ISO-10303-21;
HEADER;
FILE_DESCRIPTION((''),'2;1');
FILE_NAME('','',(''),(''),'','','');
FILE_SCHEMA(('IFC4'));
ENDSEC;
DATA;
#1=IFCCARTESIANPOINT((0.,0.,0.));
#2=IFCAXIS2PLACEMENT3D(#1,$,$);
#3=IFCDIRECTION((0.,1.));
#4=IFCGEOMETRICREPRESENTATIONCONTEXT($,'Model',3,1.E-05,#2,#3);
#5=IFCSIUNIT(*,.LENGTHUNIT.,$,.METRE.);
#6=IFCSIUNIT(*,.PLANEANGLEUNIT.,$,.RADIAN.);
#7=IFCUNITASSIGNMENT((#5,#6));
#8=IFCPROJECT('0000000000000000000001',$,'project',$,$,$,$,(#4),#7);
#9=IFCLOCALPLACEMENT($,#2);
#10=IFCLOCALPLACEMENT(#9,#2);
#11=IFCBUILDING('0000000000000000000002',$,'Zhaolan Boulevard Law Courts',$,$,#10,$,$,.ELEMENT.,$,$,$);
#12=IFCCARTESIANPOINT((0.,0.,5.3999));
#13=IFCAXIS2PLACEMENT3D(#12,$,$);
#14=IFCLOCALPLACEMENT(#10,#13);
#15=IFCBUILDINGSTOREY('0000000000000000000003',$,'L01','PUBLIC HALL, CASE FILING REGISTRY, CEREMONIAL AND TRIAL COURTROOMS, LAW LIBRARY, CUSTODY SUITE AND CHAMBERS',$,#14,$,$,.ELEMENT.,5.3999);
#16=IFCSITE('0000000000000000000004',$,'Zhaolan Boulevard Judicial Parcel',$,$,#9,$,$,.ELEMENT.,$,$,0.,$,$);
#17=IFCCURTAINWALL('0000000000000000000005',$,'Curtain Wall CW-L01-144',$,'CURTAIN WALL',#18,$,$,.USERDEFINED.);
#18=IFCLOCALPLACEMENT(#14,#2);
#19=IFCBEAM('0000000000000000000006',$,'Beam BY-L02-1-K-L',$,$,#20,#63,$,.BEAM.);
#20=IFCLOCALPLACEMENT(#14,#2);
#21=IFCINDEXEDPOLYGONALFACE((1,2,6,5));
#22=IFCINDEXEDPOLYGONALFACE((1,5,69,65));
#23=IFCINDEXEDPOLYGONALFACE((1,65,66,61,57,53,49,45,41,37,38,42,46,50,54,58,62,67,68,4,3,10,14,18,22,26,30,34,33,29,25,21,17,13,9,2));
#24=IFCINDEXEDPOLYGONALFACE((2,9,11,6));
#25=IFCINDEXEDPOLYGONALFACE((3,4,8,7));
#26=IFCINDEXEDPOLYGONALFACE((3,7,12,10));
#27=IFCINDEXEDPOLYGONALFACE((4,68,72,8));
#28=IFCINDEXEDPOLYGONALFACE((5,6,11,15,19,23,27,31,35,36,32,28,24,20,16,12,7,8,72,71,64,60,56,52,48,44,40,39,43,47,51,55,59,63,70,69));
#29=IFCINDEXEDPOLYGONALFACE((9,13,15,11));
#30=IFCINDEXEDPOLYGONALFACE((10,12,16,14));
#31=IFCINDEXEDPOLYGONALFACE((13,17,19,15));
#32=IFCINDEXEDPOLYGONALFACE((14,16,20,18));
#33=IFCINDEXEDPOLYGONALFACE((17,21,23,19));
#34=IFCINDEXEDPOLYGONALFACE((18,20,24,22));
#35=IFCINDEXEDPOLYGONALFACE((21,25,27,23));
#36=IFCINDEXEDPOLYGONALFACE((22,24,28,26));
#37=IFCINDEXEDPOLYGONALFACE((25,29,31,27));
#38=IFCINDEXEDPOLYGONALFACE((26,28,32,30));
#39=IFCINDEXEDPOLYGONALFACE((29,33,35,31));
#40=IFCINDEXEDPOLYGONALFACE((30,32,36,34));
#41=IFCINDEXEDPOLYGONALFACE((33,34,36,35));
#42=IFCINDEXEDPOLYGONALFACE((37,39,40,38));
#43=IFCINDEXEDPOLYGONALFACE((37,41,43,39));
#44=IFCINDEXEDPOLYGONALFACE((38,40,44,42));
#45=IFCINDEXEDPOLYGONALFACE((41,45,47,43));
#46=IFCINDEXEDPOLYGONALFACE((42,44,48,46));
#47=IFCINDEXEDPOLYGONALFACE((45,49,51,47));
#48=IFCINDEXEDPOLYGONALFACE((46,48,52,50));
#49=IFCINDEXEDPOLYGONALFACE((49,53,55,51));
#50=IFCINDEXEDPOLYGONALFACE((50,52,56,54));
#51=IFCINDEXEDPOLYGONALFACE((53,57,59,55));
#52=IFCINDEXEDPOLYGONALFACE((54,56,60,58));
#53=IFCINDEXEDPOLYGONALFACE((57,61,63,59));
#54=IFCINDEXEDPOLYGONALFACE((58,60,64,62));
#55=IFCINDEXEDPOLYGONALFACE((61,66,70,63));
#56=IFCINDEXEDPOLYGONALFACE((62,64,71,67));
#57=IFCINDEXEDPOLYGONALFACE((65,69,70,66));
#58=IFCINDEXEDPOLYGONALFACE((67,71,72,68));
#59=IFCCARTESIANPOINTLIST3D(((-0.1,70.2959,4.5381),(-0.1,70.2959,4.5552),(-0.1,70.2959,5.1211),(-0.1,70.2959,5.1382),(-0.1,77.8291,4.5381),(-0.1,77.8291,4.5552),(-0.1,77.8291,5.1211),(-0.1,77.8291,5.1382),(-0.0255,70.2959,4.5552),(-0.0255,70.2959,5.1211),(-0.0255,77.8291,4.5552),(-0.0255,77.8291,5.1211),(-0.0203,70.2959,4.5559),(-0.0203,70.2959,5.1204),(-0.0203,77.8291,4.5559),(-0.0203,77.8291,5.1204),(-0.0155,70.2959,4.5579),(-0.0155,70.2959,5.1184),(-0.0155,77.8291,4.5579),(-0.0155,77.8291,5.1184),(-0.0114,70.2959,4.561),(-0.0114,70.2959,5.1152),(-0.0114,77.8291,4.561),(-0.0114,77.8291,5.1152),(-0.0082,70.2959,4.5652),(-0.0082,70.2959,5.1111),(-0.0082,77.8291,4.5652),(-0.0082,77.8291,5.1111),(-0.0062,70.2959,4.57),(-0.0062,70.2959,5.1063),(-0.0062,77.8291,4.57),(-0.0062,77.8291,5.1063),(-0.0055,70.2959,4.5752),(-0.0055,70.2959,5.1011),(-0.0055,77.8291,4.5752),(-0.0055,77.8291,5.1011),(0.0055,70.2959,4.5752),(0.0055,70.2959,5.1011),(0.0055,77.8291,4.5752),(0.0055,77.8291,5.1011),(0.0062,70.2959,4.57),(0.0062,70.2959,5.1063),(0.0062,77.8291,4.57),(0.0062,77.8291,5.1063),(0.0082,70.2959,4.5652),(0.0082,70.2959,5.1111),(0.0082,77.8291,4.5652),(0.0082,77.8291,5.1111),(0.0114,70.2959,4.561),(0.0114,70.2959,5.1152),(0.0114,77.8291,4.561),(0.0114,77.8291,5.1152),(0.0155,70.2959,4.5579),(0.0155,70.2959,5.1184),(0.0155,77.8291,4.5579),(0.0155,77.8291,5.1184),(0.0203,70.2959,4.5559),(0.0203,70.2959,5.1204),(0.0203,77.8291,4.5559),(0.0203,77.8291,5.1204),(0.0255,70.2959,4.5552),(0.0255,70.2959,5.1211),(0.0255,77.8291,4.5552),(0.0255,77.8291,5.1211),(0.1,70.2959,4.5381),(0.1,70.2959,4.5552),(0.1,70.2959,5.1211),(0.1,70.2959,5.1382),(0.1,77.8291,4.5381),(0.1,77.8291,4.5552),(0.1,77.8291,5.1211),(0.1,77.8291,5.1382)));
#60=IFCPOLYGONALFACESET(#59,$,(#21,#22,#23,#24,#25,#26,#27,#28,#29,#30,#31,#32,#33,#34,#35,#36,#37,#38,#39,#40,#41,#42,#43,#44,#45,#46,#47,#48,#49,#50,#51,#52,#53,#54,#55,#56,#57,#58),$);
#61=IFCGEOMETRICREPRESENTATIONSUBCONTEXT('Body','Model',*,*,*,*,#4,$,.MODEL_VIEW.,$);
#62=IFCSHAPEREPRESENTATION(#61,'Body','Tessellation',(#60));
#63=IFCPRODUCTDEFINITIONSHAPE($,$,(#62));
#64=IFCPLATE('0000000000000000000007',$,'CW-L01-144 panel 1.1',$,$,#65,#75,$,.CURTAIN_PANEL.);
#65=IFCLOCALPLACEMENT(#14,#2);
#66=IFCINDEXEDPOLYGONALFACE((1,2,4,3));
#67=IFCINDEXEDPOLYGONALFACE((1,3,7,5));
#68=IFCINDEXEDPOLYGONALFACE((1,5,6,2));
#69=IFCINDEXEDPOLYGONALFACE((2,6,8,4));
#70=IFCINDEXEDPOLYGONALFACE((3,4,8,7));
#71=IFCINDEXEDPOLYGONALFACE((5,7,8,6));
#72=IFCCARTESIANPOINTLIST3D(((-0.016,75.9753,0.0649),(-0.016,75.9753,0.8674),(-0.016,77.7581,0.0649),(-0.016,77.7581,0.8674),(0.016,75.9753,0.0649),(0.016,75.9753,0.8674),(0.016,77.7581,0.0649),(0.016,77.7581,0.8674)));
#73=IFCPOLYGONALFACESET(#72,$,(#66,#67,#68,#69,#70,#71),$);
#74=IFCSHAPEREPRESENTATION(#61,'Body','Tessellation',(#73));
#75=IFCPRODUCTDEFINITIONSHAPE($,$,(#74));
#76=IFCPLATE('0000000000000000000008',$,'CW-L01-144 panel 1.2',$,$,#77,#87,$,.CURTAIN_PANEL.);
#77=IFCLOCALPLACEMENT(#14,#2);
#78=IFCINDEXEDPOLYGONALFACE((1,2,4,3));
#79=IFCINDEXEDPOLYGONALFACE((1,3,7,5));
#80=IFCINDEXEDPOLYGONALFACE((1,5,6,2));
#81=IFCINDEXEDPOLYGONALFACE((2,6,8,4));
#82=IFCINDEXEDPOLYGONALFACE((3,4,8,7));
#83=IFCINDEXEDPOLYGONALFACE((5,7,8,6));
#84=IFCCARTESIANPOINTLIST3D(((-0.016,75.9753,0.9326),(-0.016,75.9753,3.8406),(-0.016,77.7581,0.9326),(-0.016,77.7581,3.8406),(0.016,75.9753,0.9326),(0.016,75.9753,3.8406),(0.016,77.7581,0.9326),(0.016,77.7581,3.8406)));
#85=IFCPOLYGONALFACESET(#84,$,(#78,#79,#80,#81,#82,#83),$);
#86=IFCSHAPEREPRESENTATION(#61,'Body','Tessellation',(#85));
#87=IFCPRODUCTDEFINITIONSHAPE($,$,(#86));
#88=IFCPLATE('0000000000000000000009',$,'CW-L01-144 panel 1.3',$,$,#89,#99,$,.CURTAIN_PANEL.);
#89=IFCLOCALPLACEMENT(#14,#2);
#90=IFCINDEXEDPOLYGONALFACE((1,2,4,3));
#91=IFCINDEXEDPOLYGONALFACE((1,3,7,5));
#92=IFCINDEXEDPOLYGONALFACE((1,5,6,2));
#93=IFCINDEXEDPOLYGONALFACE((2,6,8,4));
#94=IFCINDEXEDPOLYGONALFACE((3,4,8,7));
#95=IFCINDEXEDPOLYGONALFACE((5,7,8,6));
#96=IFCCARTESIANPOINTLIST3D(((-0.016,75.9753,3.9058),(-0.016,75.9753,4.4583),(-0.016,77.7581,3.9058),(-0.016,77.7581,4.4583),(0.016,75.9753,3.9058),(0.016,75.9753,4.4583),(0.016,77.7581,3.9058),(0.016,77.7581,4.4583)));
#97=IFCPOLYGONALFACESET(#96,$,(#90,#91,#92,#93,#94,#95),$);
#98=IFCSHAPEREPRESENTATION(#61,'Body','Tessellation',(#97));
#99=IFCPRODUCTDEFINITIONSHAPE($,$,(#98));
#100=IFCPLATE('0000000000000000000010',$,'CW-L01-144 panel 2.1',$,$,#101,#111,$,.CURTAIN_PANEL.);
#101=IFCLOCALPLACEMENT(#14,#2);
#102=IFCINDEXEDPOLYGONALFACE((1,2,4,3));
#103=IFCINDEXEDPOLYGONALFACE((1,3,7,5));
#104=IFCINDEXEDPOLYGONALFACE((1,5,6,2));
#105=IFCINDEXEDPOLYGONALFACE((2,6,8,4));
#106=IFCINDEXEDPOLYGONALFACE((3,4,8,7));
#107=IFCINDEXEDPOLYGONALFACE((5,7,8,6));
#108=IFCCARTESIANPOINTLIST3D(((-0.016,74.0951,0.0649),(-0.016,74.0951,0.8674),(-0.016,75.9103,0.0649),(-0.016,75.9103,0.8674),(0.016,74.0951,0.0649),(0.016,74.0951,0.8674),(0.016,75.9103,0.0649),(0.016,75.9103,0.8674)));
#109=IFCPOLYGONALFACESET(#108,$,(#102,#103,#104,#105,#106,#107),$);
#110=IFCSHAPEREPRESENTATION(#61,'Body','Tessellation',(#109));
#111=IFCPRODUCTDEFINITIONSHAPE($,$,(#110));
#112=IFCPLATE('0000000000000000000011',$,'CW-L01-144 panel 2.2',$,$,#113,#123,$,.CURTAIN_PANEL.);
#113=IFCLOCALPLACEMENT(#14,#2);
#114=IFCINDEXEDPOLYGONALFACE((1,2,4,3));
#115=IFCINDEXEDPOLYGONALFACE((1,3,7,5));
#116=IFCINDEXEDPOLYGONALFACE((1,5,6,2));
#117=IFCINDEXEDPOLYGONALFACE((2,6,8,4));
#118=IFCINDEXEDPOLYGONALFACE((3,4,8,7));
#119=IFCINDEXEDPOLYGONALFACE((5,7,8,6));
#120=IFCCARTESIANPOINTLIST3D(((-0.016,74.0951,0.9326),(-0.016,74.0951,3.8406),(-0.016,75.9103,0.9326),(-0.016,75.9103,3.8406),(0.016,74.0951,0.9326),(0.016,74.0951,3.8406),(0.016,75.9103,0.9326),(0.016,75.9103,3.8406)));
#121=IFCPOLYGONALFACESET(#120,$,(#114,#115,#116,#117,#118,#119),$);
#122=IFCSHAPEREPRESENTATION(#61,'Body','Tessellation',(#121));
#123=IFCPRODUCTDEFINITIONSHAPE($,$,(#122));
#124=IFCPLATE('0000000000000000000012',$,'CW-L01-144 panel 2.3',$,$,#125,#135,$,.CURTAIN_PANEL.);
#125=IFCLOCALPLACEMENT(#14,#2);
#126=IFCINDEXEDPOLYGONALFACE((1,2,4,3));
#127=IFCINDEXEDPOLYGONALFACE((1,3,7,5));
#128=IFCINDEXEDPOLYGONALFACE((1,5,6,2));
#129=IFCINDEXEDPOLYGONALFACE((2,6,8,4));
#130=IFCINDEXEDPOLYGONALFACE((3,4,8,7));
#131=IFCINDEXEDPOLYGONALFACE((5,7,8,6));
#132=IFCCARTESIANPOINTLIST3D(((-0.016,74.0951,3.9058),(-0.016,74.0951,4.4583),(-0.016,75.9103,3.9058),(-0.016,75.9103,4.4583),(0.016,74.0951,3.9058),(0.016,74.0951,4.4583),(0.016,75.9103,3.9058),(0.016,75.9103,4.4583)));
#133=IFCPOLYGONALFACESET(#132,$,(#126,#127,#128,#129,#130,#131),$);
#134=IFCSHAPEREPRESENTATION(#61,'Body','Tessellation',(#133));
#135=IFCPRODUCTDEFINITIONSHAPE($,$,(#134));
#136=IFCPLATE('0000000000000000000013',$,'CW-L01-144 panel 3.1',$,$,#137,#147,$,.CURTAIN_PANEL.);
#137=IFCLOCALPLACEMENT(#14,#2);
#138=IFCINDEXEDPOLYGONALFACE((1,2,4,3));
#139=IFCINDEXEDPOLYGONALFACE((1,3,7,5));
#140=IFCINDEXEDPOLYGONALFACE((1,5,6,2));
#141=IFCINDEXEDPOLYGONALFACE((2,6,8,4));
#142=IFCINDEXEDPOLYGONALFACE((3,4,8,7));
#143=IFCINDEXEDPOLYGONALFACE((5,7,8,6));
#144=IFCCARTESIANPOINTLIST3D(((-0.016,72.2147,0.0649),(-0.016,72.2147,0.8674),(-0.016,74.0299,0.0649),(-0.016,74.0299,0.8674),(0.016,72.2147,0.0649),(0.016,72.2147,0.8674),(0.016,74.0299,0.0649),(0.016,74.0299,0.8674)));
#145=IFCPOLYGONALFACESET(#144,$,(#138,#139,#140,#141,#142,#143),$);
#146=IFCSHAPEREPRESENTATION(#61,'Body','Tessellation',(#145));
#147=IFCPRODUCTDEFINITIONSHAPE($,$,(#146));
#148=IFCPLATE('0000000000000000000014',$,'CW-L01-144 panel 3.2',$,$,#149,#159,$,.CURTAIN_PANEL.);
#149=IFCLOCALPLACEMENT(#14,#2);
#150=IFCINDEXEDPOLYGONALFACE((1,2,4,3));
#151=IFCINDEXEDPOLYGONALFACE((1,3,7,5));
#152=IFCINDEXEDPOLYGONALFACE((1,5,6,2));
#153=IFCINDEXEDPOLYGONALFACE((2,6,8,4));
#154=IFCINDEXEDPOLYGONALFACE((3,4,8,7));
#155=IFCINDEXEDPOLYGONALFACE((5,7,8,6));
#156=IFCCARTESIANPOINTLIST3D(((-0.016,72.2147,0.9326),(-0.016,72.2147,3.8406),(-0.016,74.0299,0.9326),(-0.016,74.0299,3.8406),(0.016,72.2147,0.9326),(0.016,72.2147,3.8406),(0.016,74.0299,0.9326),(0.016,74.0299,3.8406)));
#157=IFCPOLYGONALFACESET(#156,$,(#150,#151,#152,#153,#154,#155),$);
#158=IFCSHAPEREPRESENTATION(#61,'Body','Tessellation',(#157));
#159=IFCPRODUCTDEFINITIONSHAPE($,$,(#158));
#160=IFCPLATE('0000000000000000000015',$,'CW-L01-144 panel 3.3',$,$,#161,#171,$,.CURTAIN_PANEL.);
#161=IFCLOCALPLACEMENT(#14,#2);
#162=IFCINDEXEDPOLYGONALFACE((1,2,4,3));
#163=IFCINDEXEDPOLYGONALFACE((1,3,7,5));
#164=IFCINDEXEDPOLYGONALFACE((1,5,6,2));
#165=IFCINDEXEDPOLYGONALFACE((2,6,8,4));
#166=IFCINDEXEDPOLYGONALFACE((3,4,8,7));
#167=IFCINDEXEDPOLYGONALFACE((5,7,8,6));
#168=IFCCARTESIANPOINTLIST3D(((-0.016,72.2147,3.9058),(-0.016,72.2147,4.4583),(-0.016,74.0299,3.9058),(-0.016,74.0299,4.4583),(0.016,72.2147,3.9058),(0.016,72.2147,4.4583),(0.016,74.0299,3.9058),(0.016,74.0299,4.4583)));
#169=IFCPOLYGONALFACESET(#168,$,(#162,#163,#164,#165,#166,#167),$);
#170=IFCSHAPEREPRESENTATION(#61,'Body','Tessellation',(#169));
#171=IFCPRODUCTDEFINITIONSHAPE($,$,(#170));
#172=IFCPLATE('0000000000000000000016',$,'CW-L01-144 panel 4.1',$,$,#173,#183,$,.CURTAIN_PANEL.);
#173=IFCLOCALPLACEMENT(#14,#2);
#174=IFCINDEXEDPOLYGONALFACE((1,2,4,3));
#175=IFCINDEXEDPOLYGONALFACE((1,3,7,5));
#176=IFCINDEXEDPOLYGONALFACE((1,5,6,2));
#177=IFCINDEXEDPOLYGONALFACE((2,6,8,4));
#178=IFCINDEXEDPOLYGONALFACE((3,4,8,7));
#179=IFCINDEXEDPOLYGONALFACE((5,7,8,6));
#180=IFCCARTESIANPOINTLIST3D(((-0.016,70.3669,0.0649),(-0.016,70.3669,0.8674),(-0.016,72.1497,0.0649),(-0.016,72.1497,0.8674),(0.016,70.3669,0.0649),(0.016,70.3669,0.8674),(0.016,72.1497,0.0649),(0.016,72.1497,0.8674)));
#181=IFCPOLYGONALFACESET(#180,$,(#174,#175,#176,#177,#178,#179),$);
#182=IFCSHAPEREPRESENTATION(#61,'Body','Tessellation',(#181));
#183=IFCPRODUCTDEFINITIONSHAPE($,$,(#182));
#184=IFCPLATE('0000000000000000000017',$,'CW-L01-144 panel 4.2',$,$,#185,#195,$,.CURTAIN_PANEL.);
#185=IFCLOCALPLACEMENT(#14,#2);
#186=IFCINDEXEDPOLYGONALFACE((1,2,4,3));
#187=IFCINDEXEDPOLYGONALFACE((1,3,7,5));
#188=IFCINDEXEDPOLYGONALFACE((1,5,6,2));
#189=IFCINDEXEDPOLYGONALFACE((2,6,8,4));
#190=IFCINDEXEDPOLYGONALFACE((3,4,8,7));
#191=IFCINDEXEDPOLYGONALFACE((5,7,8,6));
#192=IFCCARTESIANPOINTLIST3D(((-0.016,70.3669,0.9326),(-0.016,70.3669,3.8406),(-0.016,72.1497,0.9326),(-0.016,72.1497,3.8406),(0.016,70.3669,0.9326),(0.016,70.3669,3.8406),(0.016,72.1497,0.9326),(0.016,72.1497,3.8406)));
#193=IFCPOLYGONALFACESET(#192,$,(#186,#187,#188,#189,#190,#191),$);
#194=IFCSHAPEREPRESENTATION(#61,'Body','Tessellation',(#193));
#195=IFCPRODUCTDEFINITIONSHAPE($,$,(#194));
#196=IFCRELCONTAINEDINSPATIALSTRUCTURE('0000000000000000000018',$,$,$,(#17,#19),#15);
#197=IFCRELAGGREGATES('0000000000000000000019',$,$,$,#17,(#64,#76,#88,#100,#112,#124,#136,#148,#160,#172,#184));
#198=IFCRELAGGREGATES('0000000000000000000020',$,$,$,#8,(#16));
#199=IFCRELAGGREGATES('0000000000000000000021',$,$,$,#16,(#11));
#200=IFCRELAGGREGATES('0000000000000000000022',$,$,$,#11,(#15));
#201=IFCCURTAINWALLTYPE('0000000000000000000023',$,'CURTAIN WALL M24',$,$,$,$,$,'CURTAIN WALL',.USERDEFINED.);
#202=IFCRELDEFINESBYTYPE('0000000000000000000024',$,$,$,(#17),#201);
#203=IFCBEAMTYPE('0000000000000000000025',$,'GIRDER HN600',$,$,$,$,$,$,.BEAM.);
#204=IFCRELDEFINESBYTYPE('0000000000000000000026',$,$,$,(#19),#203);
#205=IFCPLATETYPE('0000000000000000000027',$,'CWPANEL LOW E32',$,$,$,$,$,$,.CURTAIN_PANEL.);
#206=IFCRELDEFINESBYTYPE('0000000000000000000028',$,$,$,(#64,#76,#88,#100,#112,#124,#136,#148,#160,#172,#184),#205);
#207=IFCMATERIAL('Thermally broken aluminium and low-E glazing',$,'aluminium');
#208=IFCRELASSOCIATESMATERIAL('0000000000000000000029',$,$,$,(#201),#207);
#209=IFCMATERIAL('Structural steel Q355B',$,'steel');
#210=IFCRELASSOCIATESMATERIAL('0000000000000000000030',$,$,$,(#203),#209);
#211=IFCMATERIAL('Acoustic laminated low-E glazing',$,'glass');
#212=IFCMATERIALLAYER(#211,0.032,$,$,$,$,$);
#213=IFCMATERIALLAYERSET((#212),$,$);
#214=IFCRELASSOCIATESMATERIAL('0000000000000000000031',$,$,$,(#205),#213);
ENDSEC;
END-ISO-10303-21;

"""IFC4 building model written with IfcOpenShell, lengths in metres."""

from ifc_helpers import new_model, si_unit, direction, frame, origin, origin_2d, place, context, subcontext, project, spatial, rectangle, i_section, extrude, material, layer, layer_set, material_profile, profile_set, type_object, element, aggregate, save


model = new_model("IFC4")

# Units and contexts
model_context = context("Model", 3, precision=1e-05, world=origin(), true_north=direction((0.0, 1.0)))
body_context = subcontext(model_context, "Body", "Model", "MODEL_VIEW")
ifc_project = project(units=[si_unit("LENGTHUNIT", "METRE"), si_unit("PLANEANGLEUNIT", "RADIAN")], contexts=[model_context])

# Site, building, storey
site_placement = place(None, origin())
site = spatial("IfcSite", under=ifc_project, at=site_placement, Name="Zhaolan Boulevard Judicial Parcel", CompositionType="ELEMENT", RefElevation=0.0)
building_placement = place(site_placement, origin())
building = spatial("IfcBuilding", under=site, at=building_placement, Name="Zhaolan Boulevard Law Courts", CompositionType="ELEMENT")
storey_placement = place(building_placement, frame((0.0, 0.0, 5.3999)))
storey = spatial("IfcBuildingStorey", under=building, at=storey_placement, Name="L01", Description="PUBLIC HALL, CASE FILING REGISTRY, CEREMONIAL AND TRIAL COURTROOMS, LAW LIBRARY, CUSTODY SUITE AND CHAMBERS", CompositionType="ELEMENT", Elevation=5.3999)

# Curtain wall
ifc_material_1 = material(Name="Thermally broken aluminium and low-E glazing", Category="aluminium")
curtain_wall_type = type_object("IfcCurtainWallType", Name="CURTAIN WALL M24", ElementType="CURTAIN WALL", PredefinedType="USERDEFINED", material=ifc_material_1)
curtain_wall_placement = place(storey_placement, origin())
curtain_wall = element("IfcCurtainWall", 1, at=curtain_wall_placement, inside=storey, type_object=curtain_wall_type, Name="Curtain Wall CW-L01-144", ObjectType="CURTAIN WALL", PredefinedType="USERDEFINED")

# Beam
ifc_material_2 = material(Name="Structural steel Q355B", Category="steel")
ifc_material_profile_1 = material_profile(ifc_material_2, i_section(OverallWidth=0.2, OverallDepth=0.6001, WebThickness=0.011, FlangeThickness=0.0171, FilletRadius=0.02, at=origin_2d()), Name="HN600x200")
ifc_profile_set_1 = profile_set([ifc_material_profile_1], Name="Structural steel Q355B")
beam_type_1 = type_object("IfcBeamType", Name="GIRDER HN600", PredefinedType="BEAM", material=ifc_profile_set_1)
beam_1_placement = place(storey_placement, frame((0.0, 70.2959, 4.8381), z_axis=(0.0, 1.0, 0.0), x_axis=(-1.0, 0.0, 0.0)))
element("IfcBeam", 2, at=beam_1_placement, inside=storey, type_object=beam_type_1, Name="Beam BY-L02-1-K-L", PredefinedType="BEAM", context=body_context, shape_type="SweptSolid", body=[
    extrude(i_section(OverallWidth=0.2, OverallDepth=0.6001, WebThickness=0.011, FlangeThickness=0.0171, FilletRadius=0.02, at=origin_2d()), origin(), (0.0, 0.0, 1.0), 7.5332),
])

# Plates
ifc_material_3 = material(Name="Acoustic laminated low-E glazing", Category="glass")
ifc_layer_1 = layer(ifc_material_3, 0.032)
ifc_layer_set_1 = layer_set([ifc_layer_1])
plate_type_1 = type_object("IfcPlateType", Name="CWPANEL LOW E32", PredefinedType="CURTAIN_PANEL", material=ifc_layer_set_1)
plate_1_placement = place(storey_placement, frame((0.0, 76.8667, 0.0649), z_axis=(0.0, 0.0, 1.0), x_axis=(0.0, -1.0, 0.0)))
plate_1 = element("IfcPlate", 3, at=plate_1_placement, type_object=plate_type_1, Name="CW-L01-144 panel 1.1", PredefinedType="CURTAIN_PANEL", context=body_context, shape_type="SweptSolid", body=[
    extrude(rectangle(XDim=1.7827, YDim=0.032, at=origin_2d()), origin(), (0.0, 0.0, 1.0), 0.8025),
])
plate_2_placement = place(storey_placement, frame((0.0, 76.8667, 0.9326), z_axis=(0.0, 0.0, 1.0), x_axis=(0.0, -1.0, 0.0)))
plate_2 = element("IfcPlate", 4, at=plate_2_placement, type_object=plate_type_1, Name="CW-L01-144 panel 1.2", PredefinedType="CURTAIN_PANEL", context=body_context, shape_type="SweptSolid", body=[
    extrude(rectangle(XDim=1.7827, YDim=0.032, at=origin_2d()), origin(), (0.0, 0.0, 1.0), 2.908),
])
plate_3_placement = place(storey_placement, frame((0.0, 76.8667, 3.9058), z_axis=(0.0, 0.0, 1.0), x_axis=(0.0, -1.0, 0.0)))
plate_3 = element("IfcPlate", 5, at=plate_3_placement, type_object=plate_type_1, Name="CW-L01-144 panel 1.3", PredefinedType="CURTAIN_PANEL", context=body_context, shape_type="SweptSolid", body=[
    extrude(rectangle(XDim=1.7827, YDim=0.032, at=origin_2d()), origin(), (0.0, 0.0, 1.0), 0.5525),
])
plate_4_placement = place(storey_placement, frame((0.0, 75.0027, 0.0649), z_axis=(0.0, 0.0, 1.0), x_axis=(0.0, -1.0, 0.0)))
plate_4 = element("IfcPlate", 6, at=plate_4_placement, type_object=plate_type_1, Name="CW-L01-144 panel 2.1", PredefinedType="CURTAIN_PANEL", context=body_context, shape_type="SweptSolid", body=[
    extrude(rectangle(XDim=1.8152, YDim=0.032, at=origin_2d()), origin(), (0.0, 0.0, 1.0), 0.8025),
])
plate_5_placement = place(storey_placement, frame((0.0, 75.0027, 0.9326), z_axis=(0.0, 0.0, 1.0), x_axis=(0.0, -1.0, 0.0)))
plate_5 = element("IfcPlate", 7, at=plate_5_placement, type_object=plate_type_1, Name="CW-L01-144 panel 2.2", PredefinedType="CURTAIN_PANEL", context=body_context, shape_type="SweptSolid", body=[
    extrude(rectangle(XDim=1.8152, YDim=0.032, at=origin_2d()), origin(), (0.0, 0.0, 1.0), 2.908),
])
plate_6_placement = place(storey_placement, frame((0.0, 75.0027, 3.9058), z_axis=(0.0, 0.0, 1.0), x_axis=(0.0, -1.0, 0.0)))
plate_6 = element("IfcPlate", 8, at=plate_6_placement, type_object=plate_type_1, Name="CW-L01-144 panel 2.3", PredefinedType="CURTAIN_PANEL", context=body_context, shape_type="SweptSolid", body=[
    extrude(rectangle(XDim=1.8152, YDim=0.032, at=origin_2d()), origin(), (0.0, 0.0, 1.0), 0.5525),
])
plate_7_placement = place(storey_placement, frame((0.0, 73.1223, 0.0649), z_axis=(0.0, 0.0, 1.0), x_axis=(0.0, -1.0, 0.0)))
plate_7 = element("IfcPlate", 9, at=plate_7_placement, type_object=plate_type_1, Name="CW-L01-144 panel 3.1", PredefinedType="CURTAIN_PANEL", context=body_context, shape_type="SweptSolid", body=[
    extrude(rectangle(XDim=1.8152, YDim=0.032, at=origin_2d()), origin(), (0.0, 0.0, 1.0), 0.8025),
])
plate_8_placement = place(storey_placement, frame((0.0, 73.1223, 0.9326), z_axis=(0.0, 0.0, 1.0), x_axis=(0.0, -1.0, 0.0)))
plate_8 = element("IfcPlate", 10, at=plate_8_placement, type_object=plate_type_1, Name="CW-L01-144 panel 3.2", PredefinedType="CURTAIN_PANEL", context=body_context, shape_type="SweptSolid", body=[
    extrude(rectangle(XDim=1.8152, YDim=0.032, at=origin_2d()), origin(), (0.0, 0.0, 1.0), 2.908),
])
plate_9_placement = place(storey_placement, frame((0.0, 73.1223, 3.9058), z_axis=(0.0, 0.0, 1.0), x_axis=(0.0, -1.0, 0.0)))
plate_9 = element("IfcPlate", 11, at=plate_9_placement, type_object=plate_type_1, Name="CW-L01-144 panel 3.3", PredefinedType="CURTAIN_PANEL", context=body_context, shape_type="SweptSolid", body=[
    extrude(rectangle(XDim=1.8152, YDim=0.032, at=origin_2d()), origin(), (0.0, 0.0, 1.0), 0.5525),
])
plate_10_placement = place(storey_placement, frame((0.0, 71.2583, 0.0649), z_axis=(0.0, 0.0, 1.0), x_axis=(0.0, -1.0, 0.0)))
plate_10 = element("IfcPlate", 12, at=plate_10_placement, type_object=plate_type_1, Name="CW-L01-144 panel 4.1", PredefinedType="CURTAIN_PANEL", context=body_context, shape_type="SweptSolid", body=[
    extrude(rectangle(XDim=1.7827, YDim=0.032, at=origin_2d()), origin(), (0.0, 0.0, 1.0), 0.8025),
])
plate_11_placement = place(storey_placement, frame((0.0, 71.2583, 0.9326), z_axis=(0.0, 0.0, 1.0), x_axis=(0.0, -1.0, 0.0)))
plate_11 = element("IfcPlate", 13, at=plate_11_placement, type_object=plate_type_1, Name="CW-L01-144 panel 4.2", PredefinedType="CURTAIN_PANEL", context=body_context, shape_type="SweptSolid", body=[
    extrude(rectangle(XDim=1.7827, YDim=0.032, at=origin_2d()), origin(), (0.0, 0.0, 1.0), 2.908),
])
aggregate(curtain_wall, [plate_1, plate_2, plate_3, plate_4, plate_5, plate_6, plate_7, plate_8, plate_9, plate_10, plate_11])

save(model, "model.ifc")
